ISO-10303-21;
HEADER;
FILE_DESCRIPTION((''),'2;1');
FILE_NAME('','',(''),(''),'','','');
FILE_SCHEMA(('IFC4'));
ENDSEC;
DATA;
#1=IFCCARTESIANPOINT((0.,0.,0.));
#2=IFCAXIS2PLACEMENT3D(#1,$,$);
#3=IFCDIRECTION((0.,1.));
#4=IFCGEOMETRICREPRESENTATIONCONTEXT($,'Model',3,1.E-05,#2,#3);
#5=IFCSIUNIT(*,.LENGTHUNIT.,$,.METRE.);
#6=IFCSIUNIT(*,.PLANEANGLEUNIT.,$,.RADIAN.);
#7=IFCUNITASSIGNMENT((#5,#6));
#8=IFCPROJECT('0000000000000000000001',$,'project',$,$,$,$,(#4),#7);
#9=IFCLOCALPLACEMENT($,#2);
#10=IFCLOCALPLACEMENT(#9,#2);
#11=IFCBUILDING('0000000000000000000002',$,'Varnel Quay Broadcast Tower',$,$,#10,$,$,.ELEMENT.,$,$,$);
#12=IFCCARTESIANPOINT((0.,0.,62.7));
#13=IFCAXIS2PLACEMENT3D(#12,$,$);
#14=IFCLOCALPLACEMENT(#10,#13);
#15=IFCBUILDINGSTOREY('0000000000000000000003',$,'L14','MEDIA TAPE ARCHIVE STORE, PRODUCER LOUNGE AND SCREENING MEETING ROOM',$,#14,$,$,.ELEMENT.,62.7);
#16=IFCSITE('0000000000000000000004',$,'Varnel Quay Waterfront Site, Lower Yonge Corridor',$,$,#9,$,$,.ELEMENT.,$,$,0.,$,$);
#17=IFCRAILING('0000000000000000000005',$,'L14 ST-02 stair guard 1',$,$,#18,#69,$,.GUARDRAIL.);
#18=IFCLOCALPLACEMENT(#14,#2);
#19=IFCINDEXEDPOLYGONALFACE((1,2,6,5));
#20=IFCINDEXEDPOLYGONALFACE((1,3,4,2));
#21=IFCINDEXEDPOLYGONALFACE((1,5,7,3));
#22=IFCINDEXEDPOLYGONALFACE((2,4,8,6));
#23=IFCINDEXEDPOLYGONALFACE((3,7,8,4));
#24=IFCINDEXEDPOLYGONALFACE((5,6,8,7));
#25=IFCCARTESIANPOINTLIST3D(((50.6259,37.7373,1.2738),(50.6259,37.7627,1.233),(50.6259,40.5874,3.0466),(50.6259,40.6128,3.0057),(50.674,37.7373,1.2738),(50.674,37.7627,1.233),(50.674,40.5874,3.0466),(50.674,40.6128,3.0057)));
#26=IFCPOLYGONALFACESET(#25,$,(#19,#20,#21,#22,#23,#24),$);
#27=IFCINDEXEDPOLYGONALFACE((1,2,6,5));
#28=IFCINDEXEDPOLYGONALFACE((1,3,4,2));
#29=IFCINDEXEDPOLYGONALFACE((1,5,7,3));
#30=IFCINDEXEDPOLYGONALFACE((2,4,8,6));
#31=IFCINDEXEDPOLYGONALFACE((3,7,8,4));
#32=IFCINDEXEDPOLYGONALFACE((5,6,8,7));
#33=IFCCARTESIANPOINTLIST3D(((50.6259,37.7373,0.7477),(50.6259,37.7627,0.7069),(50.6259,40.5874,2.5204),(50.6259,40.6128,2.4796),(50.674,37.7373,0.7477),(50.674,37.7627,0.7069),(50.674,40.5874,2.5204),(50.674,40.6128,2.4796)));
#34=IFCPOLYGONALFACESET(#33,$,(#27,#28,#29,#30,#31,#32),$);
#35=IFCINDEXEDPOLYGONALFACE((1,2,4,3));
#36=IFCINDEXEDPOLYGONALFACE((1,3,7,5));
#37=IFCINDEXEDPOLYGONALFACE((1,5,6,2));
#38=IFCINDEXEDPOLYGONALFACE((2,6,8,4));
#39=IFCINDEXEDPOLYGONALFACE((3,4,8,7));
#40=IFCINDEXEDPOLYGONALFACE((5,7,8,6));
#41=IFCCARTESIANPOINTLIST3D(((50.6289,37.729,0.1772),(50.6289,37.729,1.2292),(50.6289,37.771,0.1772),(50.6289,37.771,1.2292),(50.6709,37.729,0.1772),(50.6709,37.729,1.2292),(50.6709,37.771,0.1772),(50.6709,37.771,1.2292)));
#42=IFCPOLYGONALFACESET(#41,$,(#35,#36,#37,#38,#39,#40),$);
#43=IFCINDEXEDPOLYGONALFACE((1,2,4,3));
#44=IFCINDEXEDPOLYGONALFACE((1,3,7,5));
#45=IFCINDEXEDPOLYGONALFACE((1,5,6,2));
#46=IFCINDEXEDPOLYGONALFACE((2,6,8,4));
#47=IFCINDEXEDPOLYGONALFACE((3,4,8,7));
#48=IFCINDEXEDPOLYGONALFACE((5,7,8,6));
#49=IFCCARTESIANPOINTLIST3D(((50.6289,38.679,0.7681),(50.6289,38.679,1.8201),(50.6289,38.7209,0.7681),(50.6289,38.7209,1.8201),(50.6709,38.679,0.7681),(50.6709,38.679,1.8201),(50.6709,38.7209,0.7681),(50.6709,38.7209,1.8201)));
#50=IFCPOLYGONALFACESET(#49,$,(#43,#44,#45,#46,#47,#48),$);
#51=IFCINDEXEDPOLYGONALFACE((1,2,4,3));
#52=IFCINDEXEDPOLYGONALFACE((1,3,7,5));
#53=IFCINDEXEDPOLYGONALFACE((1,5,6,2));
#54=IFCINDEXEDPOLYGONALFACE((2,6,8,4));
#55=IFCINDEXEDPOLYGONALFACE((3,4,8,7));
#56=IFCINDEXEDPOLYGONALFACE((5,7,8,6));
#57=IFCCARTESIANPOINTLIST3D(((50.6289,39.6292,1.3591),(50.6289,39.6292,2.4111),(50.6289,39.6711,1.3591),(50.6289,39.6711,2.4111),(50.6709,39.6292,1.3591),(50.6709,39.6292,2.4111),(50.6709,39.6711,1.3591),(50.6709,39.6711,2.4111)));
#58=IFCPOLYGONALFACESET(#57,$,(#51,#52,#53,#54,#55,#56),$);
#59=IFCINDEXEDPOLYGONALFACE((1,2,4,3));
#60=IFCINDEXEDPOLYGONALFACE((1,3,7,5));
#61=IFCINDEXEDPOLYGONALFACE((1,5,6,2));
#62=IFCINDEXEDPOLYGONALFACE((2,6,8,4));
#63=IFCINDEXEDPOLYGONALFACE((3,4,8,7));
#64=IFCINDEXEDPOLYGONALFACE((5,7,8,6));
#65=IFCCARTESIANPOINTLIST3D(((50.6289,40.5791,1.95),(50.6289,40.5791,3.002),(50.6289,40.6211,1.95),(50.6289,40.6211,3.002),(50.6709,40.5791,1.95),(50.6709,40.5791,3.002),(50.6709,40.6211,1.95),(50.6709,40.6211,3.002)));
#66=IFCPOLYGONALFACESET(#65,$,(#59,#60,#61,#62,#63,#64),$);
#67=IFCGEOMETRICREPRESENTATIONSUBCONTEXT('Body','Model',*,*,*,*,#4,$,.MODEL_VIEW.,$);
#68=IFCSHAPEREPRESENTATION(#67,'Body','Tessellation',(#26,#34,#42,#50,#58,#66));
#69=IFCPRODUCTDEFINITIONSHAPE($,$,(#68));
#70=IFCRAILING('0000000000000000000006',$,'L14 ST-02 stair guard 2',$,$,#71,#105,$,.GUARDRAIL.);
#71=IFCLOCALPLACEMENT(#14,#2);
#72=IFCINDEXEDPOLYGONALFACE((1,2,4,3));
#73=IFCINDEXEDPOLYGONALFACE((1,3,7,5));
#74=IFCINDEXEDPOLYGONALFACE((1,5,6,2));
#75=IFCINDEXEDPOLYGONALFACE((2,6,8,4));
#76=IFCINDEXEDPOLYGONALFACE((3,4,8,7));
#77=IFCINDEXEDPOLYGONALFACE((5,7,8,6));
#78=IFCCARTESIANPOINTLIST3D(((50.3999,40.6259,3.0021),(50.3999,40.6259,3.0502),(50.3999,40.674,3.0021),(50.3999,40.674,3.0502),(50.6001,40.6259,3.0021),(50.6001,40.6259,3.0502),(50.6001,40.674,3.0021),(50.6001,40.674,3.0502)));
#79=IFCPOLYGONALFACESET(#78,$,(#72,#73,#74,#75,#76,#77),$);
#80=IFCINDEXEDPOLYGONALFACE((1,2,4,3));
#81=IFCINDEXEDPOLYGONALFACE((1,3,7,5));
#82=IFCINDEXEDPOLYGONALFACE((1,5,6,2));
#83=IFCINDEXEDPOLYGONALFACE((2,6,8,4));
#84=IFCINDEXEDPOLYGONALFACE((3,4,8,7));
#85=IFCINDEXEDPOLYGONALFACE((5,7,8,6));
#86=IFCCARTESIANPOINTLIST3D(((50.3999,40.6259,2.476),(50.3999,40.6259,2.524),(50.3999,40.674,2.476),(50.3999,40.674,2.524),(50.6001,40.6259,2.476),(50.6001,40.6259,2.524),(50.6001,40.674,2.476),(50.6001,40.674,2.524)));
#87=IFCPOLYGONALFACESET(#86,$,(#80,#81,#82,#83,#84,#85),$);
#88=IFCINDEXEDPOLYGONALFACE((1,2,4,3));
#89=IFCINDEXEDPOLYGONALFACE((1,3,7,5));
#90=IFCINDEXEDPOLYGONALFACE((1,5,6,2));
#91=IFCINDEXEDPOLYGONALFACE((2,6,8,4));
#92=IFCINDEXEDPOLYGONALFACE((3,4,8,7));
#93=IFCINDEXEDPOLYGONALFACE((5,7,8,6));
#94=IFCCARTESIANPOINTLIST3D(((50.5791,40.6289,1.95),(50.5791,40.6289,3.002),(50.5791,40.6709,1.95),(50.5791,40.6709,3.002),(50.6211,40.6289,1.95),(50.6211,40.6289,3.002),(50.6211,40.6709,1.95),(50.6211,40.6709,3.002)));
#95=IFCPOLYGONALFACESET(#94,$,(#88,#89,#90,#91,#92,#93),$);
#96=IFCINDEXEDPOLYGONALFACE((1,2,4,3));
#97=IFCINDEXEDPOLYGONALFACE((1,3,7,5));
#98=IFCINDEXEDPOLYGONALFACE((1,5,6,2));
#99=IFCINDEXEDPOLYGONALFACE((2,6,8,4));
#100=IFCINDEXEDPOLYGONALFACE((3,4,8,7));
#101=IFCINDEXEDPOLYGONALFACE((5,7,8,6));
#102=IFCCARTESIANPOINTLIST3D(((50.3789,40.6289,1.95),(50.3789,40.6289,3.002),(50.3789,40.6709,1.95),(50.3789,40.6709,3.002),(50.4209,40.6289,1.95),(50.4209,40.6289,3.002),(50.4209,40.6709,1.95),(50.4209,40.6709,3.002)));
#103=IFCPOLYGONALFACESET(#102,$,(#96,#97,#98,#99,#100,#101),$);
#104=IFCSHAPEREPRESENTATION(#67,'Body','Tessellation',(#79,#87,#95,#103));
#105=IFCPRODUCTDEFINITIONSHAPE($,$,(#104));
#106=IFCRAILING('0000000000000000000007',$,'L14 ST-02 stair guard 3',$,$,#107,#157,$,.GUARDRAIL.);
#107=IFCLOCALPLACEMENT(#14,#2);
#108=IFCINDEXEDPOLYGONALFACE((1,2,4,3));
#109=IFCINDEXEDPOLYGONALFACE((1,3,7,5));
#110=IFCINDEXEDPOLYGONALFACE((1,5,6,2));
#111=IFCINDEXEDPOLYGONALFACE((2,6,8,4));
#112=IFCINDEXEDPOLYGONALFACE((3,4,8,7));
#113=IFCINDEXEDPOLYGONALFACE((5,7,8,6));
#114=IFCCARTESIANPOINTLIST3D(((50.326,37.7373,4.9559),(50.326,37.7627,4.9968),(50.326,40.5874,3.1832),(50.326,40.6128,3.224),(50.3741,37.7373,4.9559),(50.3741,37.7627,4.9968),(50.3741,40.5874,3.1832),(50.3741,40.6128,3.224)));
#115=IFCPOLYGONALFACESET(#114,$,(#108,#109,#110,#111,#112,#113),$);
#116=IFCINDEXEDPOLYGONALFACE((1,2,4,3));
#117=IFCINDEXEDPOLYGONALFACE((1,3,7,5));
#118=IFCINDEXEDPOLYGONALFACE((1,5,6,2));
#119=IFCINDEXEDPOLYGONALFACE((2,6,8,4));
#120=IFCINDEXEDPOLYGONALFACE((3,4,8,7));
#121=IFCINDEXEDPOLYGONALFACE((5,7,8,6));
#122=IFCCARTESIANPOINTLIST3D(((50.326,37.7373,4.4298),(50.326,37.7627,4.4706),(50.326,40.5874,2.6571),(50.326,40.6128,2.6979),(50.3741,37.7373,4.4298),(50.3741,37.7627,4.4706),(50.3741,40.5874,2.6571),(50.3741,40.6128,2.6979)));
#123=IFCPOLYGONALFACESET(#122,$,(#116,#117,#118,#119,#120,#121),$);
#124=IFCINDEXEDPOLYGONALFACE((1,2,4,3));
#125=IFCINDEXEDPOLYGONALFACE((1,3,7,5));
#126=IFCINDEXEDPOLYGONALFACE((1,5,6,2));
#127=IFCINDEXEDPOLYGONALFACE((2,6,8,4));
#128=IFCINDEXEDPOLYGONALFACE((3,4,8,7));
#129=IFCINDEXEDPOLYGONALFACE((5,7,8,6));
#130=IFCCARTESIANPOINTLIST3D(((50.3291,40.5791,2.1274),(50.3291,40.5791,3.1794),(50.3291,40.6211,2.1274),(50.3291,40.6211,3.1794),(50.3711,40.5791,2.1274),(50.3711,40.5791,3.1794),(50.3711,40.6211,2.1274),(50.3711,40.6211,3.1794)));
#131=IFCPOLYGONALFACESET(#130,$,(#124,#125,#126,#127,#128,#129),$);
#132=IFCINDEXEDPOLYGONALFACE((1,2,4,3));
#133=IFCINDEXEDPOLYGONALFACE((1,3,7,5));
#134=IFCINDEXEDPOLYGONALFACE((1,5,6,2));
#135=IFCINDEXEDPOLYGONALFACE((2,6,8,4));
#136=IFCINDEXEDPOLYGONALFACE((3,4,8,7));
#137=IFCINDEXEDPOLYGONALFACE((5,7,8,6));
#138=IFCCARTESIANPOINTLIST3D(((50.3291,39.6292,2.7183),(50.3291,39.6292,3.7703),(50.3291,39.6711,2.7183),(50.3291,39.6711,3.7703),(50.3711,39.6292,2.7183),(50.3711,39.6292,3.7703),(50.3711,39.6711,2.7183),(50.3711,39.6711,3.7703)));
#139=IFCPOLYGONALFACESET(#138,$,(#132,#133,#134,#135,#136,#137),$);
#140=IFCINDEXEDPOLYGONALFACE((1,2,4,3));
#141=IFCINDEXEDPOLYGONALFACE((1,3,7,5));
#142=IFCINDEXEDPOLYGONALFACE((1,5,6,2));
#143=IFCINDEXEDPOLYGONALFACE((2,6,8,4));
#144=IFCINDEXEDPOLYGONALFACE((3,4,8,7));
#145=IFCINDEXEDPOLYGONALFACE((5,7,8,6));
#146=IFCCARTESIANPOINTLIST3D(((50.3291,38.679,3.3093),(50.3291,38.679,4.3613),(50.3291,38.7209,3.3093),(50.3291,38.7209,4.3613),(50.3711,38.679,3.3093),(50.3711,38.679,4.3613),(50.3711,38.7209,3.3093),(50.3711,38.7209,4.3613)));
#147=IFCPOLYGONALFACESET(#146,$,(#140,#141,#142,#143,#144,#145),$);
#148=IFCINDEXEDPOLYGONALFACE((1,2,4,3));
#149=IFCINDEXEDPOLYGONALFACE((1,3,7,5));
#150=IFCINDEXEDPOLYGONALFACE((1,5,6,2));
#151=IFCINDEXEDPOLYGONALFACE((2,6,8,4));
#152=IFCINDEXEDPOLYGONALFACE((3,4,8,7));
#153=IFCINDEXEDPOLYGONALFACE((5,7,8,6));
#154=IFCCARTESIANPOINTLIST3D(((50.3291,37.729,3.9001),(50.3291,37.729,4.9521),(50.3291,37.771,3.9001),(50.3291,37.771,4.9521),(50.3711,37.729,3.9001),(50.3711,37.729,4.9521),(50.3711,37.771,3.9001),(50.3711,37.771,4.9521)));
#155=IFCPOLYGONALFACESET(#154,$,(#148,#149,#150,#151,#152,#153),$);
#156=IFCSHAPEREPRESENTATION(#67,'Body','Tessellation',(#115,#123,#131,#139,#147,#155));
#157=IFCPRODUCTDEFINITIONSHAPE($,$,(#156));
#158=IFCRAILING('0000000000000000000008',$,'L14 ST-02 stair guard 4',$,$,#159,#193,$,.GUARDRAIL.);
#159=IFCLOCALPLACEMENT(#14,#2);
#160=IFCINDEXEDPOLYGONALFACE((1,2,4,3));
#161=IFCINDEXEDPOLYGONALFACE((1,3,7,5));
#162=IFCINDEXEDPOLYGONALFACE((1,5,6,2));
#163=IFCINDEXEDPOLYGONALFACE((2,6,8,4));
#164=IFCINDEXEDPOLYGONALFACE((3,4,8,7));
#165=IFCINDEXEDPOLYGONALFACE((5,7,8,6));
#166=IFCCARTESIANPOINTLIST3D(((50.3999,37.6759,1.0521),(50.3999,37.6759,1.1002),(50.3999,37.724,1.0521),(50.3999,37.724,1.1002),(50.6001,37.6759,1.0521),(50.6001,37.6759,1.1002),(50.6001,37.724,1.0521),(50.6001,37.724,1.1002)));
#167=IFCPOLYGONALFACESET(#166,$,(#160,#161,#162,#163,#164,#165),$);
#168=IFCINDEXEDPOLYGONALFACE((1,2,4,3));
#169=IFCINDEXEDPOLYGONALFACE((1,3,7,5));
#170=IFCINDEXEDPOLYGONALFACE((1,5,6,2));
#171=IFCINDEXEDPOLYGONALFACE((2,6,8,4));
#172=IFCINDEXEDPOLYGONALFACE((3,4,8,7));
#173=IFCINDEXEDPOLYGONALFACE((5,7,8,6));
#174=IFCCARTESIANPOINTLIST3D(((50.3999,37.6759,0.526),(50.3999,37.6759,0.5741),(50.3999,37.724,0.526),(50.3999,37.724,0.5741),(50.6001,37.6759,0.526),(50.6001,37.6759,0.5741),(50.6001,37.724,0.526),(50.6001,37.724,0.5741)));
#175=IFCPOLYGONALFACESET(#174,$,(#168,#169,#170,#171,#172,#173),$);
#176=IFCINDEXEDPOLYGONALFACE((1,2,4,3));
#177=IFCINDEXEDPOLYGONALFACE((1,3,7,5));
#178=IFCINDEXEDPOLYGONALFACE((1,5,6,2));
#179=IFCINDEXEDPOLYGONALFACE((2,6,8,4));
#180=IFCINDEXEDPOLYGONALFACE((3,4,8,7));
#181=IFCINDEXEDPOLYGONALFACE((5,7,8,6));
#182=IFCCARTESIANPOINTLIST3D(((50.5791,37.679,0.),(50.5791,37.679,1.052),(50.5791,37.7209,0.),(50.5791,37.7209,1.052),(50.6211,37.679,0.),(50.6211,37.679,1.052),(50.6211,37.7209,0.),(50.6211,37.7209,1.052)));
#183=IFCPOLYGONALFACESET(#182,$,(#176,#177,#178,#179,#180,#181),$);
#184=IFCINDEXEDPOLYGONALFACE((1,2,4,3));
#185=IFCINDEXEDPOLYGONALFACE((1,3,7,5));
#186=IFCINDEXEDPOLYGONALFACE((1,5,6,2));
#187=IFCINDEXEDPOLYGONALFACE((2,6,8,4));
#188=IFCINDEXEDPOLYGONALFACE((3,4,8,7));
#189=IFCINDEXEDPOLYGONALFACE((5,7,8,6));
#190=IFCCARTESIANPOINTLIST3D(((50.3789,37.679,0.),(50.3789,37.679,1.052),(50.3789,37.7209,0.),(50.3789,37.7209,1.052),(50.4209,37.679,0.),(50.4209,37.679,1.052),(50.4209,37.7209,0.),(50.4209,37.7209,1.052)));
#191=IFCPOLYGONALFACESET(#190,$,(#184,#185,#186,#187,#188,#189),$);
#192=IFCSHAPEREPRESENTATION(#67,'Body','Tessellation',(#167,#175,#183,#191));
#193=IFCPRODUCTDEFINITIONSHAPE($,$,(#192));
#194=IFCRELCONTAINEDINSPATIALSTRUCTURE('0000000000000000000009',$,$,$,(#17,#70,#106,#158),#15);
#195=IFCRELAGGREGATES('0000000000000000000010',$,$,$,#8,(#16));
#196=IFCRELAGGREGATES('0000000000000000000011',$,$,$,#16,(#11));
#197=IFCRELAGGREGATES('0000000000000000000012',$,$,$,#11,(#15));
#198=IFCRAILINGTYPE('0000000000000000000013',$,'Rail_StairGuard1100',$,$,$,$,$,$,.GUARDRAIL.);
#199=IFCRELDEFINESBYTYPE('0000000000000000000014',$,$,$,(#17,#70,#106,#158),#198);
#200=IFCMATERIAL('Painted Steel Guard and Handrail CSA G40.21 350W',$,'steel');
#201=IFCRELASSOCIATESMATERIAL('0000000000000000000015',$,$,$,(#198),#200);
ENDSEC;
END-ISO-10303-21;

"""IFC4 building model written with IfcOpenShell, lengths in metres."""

from ifc_helpers import new_model, si_unit, direction, frame, origin, origin_2d, place, context, subcontext, project, spatial, rectangle, extrude, material, type_object, element, save


model = new_model("IFC4")

# Units and contexts
model_context = context("Model", 3, precision=1e-05, world=origin(), true_north=direction((0.0, 1.0)))
body_context = subcontext(model_context, "Body", "Model", "MODEL_VIEW")
ifc_project = project(units=[si_unit("LENGTHUNIT", "METRE"), si_unit("PLANEANGLEUNIT", "RADIAN")], contexts=[model_context])

# Site, building, storey
site_placement = place(None, origin())
site = spatial("IfcSite", under=ifc_project, at=site_placement, Name="Varnel Quay Waterfront Site, Lower Yonge Corridor", CompositionType="ELEMENT", RefElevation=0.0)
building_placement = place(site_placement, origin())
building = spatial("IfcBuilding", under=site, at=building_placement, Name="Varnel Quay Broadcast Tower", CompositionType="ELEMENT")
storey_placement = place(building_placement, frame((0.0, 0.0, 62.7)))
storey = spatial("IfcBuildingStorey", under=building, at=storey_placement, Name="L14", Description="MEDIA TAPE ARCHIVE STORE, PRODUCER LOUNGE AND SCREENING MEETING ROOM", CompositionType="ELEMENT", Elevation=62.7)

# Railings
ifc_material_1 = material(Name="Painted Steel Guard and Handrail CSA G40.21 350W", Category="steel")
railing_type_1 = type_object("IfcRailingType", Name="Rail_StairGuard1100", PredefinedType="GUARDRAIL", material=ifc_material_1)
railing_1_placement = place(storey_placement, frame((50.6499, 37.75, 0.1772)))
element("IfcRailing", 1, at=railing_1_placement, inside=storey, type_object=railing_type_1, Name="L14 ST-02 stair guard 1", PredefinedType="GUARDRAIL", context=body_context, shape_type="SweptSolid", body=[
    extrude(rectangle(XDim=0.0481, YDim=0.0481, at=origin_2d()), frame((0.0, 0.0, 1.0762), z_axis=(0.0, 0.849149, 0.528154), x_axis=(-1.0, 0.0, 0.0)), (0.0, 0.0, 1.0), 3.3564),
    extrude(rectangle(XDim=0.0481, YDim=0.0481, at=origin_2d()), frame((0.0, 0.0, 0.55), z_axis=(0.0, 0.849149, 0.528154), x_axis=(-1.0, 0.0, 0.0)), (0.0, 0.0, 1.0), 3.3564),
    extrude(rectangle(XDim=0.042, YDim=0.042, at=origin_2d()), origin(), (0.0, 0.0, 1.0), 1.052),
    extrude(rectangle(XDim=0.042, YDim=0.042, at=origin_2d()), frame((0.0, 0.95, 0.5908)), (0.0, 0.0, 1.0), 1.052),
    extrude(rectangle(XDim=0.042, YDim=0.042, at=origin_2d()), frame((0.0, 1.9001, 1.1819)), (0.0, 0.0, 1.0), 1.052),
    extrude(rectangle(XDim=0.042, YDim=0.042, at=origin_2d()), frame((0.0, 2.8501, 1.7727)), (0.0, 0.0, 1.0), 1.052),
])
railing_2_placement = place(storey_placement, frame((50.6001, 40.6499, 1.95)))
element("IfcRailing", 2, at=railing_2_placement, inside=storey, type_object=railing_type_1, Name="L14 ST-02 stair guard 2", PredefinedType="GUARDRAIL", context=body_context, shape_type="SweptSolid", body=[
    extrude(rectangle(XDim=0.0481, YDim=0.0481, at=origin_2d()), frame((0.0, 0.0, 1.0762), z_axis=(-1.0, 0.0, 0.0), x_axis=(0.0, -1.0, 0.0)), (0.0, 0.0, 1.0), 0.2002),
    extrude(rectangle(XDim=0.0481, YDim=0.0481, at=origin_2d()), frame((0.0, 0.0, 0.55), z_axis=(-1.0, 0.0, 0.0), x_axis=(0.0, -1.0, 0.0)), (0.0, 0.0, 1.0), 0.2002),
    extrude(rectangle(XDim=0.042, YDim=0.042, at=origin_2d()), origin(), (0.0, 0.0, 1.0), 1.052),
    extrude(rectangle(XDim=0.042, YDim=0.042, at=origin_2d()), frame((-0.2002, 0.0, 0.0)), (0.0, 0.0, 1.0), 1.052),
])
railing_3_placement = place(storey_placement, frame((50.3501, 40.6001, 2.1274)))
element("IfcRailing", 3, at=railing_3_placement, inside=storey, type_object=railing_type_1, Name="L14 ST-02 stair guard 3", PredefinedType="GUARDRAIL", context=body_context, shape_type="SweptSolid", body=[
    extrude(rectangle(XDim=0.0481, YDim=0.0481, at=origin_2d()), frame((0.0, 0.0, 1.0762), z_axis=(0.0, -0.849149, 0.528154), x_axis=(1.0, 0.0, 0.0)), (0.0, 0.0, 1.0), 3.3564),
    extrude(rectangle(XDim=0.0481, YDim=0.0481, at=origin_2d()), frame((0.0, 0.0, 0.55), z_axis=(0.0, -0.849149, 0.528154), x_axis=(1.0, 0.0, 0.0)), (0.0, 0.0, 1.0), 3.3564),
    extrude(rectangle(XDim=0.042, YDim=0.042, at=origin_2d()), origin(), (0.0, 0.0, 1.0), 1.052),
    extrude(rectangle(XDim=0.042, YDim=0.042, at=origin_2d()), frame((0.0, -0.95, 0.5908)), (0.0, 0.0, 1.0), 1.052),
    extrude(rectangle(XDim=0.042, YDim=0.042, at=origin_2d()), frame((0.0, -1.9001, 1.1819)), (0.0, 0.0, 1.0), 1.052),
    extrude(rectangle(XDim=0.042, YDim=0.042, at=origin_2d()), frame((0.0, -2.8501, 1.7727)), (0.0, 0.0, 1.0), 1.052),
])
railing_4_placement = place(storey_placement, frame((50.6001, 37.7, 0.0)))
element("IfcRailing", 4, at=railing_4_placement, inside=storey, type_object=railing_type_1, Name="L14 ST-02 stair guard 4", PredefinedType="GUARDRAIL", context=body_context, shape_type="SweptSolid", body=[
    extrude(rectangle(XDim=0.0481, YDim=0.0481, at=origin_2d()), frame((0.0, 0.0, 1.0762), z_axis=(-1.0, 0.0, 0.0), x_axis=(0.0, -1.0, 0.0)), (0.0, 0.0, 1.0), 0.2002),
    extrude(rectangle(XDim=0.0481, YDim=0.0481, at=origin_2d()), frame((0.0, 0.0, 0.55), z_axis=(-1.0, 0.0, 0.0), x_axis=(0.0, -1.0, 0.0)), (0.0, 0.0, 1.0), 0.2002),
    extrude(rectangle(XDim=0.042, YDim=0.042, at=origin_2d()), origin(), (0.0, 0.0, 1.0), 1.052),
    extrude(rectangle(XDim=0.042, YDim=0.042, at=origin_2d()), frame((-0.2002, 0.0, 0.0)), (0.0, 0.0, 1.0), 1.052),
])

save(model, "model.ifc")
